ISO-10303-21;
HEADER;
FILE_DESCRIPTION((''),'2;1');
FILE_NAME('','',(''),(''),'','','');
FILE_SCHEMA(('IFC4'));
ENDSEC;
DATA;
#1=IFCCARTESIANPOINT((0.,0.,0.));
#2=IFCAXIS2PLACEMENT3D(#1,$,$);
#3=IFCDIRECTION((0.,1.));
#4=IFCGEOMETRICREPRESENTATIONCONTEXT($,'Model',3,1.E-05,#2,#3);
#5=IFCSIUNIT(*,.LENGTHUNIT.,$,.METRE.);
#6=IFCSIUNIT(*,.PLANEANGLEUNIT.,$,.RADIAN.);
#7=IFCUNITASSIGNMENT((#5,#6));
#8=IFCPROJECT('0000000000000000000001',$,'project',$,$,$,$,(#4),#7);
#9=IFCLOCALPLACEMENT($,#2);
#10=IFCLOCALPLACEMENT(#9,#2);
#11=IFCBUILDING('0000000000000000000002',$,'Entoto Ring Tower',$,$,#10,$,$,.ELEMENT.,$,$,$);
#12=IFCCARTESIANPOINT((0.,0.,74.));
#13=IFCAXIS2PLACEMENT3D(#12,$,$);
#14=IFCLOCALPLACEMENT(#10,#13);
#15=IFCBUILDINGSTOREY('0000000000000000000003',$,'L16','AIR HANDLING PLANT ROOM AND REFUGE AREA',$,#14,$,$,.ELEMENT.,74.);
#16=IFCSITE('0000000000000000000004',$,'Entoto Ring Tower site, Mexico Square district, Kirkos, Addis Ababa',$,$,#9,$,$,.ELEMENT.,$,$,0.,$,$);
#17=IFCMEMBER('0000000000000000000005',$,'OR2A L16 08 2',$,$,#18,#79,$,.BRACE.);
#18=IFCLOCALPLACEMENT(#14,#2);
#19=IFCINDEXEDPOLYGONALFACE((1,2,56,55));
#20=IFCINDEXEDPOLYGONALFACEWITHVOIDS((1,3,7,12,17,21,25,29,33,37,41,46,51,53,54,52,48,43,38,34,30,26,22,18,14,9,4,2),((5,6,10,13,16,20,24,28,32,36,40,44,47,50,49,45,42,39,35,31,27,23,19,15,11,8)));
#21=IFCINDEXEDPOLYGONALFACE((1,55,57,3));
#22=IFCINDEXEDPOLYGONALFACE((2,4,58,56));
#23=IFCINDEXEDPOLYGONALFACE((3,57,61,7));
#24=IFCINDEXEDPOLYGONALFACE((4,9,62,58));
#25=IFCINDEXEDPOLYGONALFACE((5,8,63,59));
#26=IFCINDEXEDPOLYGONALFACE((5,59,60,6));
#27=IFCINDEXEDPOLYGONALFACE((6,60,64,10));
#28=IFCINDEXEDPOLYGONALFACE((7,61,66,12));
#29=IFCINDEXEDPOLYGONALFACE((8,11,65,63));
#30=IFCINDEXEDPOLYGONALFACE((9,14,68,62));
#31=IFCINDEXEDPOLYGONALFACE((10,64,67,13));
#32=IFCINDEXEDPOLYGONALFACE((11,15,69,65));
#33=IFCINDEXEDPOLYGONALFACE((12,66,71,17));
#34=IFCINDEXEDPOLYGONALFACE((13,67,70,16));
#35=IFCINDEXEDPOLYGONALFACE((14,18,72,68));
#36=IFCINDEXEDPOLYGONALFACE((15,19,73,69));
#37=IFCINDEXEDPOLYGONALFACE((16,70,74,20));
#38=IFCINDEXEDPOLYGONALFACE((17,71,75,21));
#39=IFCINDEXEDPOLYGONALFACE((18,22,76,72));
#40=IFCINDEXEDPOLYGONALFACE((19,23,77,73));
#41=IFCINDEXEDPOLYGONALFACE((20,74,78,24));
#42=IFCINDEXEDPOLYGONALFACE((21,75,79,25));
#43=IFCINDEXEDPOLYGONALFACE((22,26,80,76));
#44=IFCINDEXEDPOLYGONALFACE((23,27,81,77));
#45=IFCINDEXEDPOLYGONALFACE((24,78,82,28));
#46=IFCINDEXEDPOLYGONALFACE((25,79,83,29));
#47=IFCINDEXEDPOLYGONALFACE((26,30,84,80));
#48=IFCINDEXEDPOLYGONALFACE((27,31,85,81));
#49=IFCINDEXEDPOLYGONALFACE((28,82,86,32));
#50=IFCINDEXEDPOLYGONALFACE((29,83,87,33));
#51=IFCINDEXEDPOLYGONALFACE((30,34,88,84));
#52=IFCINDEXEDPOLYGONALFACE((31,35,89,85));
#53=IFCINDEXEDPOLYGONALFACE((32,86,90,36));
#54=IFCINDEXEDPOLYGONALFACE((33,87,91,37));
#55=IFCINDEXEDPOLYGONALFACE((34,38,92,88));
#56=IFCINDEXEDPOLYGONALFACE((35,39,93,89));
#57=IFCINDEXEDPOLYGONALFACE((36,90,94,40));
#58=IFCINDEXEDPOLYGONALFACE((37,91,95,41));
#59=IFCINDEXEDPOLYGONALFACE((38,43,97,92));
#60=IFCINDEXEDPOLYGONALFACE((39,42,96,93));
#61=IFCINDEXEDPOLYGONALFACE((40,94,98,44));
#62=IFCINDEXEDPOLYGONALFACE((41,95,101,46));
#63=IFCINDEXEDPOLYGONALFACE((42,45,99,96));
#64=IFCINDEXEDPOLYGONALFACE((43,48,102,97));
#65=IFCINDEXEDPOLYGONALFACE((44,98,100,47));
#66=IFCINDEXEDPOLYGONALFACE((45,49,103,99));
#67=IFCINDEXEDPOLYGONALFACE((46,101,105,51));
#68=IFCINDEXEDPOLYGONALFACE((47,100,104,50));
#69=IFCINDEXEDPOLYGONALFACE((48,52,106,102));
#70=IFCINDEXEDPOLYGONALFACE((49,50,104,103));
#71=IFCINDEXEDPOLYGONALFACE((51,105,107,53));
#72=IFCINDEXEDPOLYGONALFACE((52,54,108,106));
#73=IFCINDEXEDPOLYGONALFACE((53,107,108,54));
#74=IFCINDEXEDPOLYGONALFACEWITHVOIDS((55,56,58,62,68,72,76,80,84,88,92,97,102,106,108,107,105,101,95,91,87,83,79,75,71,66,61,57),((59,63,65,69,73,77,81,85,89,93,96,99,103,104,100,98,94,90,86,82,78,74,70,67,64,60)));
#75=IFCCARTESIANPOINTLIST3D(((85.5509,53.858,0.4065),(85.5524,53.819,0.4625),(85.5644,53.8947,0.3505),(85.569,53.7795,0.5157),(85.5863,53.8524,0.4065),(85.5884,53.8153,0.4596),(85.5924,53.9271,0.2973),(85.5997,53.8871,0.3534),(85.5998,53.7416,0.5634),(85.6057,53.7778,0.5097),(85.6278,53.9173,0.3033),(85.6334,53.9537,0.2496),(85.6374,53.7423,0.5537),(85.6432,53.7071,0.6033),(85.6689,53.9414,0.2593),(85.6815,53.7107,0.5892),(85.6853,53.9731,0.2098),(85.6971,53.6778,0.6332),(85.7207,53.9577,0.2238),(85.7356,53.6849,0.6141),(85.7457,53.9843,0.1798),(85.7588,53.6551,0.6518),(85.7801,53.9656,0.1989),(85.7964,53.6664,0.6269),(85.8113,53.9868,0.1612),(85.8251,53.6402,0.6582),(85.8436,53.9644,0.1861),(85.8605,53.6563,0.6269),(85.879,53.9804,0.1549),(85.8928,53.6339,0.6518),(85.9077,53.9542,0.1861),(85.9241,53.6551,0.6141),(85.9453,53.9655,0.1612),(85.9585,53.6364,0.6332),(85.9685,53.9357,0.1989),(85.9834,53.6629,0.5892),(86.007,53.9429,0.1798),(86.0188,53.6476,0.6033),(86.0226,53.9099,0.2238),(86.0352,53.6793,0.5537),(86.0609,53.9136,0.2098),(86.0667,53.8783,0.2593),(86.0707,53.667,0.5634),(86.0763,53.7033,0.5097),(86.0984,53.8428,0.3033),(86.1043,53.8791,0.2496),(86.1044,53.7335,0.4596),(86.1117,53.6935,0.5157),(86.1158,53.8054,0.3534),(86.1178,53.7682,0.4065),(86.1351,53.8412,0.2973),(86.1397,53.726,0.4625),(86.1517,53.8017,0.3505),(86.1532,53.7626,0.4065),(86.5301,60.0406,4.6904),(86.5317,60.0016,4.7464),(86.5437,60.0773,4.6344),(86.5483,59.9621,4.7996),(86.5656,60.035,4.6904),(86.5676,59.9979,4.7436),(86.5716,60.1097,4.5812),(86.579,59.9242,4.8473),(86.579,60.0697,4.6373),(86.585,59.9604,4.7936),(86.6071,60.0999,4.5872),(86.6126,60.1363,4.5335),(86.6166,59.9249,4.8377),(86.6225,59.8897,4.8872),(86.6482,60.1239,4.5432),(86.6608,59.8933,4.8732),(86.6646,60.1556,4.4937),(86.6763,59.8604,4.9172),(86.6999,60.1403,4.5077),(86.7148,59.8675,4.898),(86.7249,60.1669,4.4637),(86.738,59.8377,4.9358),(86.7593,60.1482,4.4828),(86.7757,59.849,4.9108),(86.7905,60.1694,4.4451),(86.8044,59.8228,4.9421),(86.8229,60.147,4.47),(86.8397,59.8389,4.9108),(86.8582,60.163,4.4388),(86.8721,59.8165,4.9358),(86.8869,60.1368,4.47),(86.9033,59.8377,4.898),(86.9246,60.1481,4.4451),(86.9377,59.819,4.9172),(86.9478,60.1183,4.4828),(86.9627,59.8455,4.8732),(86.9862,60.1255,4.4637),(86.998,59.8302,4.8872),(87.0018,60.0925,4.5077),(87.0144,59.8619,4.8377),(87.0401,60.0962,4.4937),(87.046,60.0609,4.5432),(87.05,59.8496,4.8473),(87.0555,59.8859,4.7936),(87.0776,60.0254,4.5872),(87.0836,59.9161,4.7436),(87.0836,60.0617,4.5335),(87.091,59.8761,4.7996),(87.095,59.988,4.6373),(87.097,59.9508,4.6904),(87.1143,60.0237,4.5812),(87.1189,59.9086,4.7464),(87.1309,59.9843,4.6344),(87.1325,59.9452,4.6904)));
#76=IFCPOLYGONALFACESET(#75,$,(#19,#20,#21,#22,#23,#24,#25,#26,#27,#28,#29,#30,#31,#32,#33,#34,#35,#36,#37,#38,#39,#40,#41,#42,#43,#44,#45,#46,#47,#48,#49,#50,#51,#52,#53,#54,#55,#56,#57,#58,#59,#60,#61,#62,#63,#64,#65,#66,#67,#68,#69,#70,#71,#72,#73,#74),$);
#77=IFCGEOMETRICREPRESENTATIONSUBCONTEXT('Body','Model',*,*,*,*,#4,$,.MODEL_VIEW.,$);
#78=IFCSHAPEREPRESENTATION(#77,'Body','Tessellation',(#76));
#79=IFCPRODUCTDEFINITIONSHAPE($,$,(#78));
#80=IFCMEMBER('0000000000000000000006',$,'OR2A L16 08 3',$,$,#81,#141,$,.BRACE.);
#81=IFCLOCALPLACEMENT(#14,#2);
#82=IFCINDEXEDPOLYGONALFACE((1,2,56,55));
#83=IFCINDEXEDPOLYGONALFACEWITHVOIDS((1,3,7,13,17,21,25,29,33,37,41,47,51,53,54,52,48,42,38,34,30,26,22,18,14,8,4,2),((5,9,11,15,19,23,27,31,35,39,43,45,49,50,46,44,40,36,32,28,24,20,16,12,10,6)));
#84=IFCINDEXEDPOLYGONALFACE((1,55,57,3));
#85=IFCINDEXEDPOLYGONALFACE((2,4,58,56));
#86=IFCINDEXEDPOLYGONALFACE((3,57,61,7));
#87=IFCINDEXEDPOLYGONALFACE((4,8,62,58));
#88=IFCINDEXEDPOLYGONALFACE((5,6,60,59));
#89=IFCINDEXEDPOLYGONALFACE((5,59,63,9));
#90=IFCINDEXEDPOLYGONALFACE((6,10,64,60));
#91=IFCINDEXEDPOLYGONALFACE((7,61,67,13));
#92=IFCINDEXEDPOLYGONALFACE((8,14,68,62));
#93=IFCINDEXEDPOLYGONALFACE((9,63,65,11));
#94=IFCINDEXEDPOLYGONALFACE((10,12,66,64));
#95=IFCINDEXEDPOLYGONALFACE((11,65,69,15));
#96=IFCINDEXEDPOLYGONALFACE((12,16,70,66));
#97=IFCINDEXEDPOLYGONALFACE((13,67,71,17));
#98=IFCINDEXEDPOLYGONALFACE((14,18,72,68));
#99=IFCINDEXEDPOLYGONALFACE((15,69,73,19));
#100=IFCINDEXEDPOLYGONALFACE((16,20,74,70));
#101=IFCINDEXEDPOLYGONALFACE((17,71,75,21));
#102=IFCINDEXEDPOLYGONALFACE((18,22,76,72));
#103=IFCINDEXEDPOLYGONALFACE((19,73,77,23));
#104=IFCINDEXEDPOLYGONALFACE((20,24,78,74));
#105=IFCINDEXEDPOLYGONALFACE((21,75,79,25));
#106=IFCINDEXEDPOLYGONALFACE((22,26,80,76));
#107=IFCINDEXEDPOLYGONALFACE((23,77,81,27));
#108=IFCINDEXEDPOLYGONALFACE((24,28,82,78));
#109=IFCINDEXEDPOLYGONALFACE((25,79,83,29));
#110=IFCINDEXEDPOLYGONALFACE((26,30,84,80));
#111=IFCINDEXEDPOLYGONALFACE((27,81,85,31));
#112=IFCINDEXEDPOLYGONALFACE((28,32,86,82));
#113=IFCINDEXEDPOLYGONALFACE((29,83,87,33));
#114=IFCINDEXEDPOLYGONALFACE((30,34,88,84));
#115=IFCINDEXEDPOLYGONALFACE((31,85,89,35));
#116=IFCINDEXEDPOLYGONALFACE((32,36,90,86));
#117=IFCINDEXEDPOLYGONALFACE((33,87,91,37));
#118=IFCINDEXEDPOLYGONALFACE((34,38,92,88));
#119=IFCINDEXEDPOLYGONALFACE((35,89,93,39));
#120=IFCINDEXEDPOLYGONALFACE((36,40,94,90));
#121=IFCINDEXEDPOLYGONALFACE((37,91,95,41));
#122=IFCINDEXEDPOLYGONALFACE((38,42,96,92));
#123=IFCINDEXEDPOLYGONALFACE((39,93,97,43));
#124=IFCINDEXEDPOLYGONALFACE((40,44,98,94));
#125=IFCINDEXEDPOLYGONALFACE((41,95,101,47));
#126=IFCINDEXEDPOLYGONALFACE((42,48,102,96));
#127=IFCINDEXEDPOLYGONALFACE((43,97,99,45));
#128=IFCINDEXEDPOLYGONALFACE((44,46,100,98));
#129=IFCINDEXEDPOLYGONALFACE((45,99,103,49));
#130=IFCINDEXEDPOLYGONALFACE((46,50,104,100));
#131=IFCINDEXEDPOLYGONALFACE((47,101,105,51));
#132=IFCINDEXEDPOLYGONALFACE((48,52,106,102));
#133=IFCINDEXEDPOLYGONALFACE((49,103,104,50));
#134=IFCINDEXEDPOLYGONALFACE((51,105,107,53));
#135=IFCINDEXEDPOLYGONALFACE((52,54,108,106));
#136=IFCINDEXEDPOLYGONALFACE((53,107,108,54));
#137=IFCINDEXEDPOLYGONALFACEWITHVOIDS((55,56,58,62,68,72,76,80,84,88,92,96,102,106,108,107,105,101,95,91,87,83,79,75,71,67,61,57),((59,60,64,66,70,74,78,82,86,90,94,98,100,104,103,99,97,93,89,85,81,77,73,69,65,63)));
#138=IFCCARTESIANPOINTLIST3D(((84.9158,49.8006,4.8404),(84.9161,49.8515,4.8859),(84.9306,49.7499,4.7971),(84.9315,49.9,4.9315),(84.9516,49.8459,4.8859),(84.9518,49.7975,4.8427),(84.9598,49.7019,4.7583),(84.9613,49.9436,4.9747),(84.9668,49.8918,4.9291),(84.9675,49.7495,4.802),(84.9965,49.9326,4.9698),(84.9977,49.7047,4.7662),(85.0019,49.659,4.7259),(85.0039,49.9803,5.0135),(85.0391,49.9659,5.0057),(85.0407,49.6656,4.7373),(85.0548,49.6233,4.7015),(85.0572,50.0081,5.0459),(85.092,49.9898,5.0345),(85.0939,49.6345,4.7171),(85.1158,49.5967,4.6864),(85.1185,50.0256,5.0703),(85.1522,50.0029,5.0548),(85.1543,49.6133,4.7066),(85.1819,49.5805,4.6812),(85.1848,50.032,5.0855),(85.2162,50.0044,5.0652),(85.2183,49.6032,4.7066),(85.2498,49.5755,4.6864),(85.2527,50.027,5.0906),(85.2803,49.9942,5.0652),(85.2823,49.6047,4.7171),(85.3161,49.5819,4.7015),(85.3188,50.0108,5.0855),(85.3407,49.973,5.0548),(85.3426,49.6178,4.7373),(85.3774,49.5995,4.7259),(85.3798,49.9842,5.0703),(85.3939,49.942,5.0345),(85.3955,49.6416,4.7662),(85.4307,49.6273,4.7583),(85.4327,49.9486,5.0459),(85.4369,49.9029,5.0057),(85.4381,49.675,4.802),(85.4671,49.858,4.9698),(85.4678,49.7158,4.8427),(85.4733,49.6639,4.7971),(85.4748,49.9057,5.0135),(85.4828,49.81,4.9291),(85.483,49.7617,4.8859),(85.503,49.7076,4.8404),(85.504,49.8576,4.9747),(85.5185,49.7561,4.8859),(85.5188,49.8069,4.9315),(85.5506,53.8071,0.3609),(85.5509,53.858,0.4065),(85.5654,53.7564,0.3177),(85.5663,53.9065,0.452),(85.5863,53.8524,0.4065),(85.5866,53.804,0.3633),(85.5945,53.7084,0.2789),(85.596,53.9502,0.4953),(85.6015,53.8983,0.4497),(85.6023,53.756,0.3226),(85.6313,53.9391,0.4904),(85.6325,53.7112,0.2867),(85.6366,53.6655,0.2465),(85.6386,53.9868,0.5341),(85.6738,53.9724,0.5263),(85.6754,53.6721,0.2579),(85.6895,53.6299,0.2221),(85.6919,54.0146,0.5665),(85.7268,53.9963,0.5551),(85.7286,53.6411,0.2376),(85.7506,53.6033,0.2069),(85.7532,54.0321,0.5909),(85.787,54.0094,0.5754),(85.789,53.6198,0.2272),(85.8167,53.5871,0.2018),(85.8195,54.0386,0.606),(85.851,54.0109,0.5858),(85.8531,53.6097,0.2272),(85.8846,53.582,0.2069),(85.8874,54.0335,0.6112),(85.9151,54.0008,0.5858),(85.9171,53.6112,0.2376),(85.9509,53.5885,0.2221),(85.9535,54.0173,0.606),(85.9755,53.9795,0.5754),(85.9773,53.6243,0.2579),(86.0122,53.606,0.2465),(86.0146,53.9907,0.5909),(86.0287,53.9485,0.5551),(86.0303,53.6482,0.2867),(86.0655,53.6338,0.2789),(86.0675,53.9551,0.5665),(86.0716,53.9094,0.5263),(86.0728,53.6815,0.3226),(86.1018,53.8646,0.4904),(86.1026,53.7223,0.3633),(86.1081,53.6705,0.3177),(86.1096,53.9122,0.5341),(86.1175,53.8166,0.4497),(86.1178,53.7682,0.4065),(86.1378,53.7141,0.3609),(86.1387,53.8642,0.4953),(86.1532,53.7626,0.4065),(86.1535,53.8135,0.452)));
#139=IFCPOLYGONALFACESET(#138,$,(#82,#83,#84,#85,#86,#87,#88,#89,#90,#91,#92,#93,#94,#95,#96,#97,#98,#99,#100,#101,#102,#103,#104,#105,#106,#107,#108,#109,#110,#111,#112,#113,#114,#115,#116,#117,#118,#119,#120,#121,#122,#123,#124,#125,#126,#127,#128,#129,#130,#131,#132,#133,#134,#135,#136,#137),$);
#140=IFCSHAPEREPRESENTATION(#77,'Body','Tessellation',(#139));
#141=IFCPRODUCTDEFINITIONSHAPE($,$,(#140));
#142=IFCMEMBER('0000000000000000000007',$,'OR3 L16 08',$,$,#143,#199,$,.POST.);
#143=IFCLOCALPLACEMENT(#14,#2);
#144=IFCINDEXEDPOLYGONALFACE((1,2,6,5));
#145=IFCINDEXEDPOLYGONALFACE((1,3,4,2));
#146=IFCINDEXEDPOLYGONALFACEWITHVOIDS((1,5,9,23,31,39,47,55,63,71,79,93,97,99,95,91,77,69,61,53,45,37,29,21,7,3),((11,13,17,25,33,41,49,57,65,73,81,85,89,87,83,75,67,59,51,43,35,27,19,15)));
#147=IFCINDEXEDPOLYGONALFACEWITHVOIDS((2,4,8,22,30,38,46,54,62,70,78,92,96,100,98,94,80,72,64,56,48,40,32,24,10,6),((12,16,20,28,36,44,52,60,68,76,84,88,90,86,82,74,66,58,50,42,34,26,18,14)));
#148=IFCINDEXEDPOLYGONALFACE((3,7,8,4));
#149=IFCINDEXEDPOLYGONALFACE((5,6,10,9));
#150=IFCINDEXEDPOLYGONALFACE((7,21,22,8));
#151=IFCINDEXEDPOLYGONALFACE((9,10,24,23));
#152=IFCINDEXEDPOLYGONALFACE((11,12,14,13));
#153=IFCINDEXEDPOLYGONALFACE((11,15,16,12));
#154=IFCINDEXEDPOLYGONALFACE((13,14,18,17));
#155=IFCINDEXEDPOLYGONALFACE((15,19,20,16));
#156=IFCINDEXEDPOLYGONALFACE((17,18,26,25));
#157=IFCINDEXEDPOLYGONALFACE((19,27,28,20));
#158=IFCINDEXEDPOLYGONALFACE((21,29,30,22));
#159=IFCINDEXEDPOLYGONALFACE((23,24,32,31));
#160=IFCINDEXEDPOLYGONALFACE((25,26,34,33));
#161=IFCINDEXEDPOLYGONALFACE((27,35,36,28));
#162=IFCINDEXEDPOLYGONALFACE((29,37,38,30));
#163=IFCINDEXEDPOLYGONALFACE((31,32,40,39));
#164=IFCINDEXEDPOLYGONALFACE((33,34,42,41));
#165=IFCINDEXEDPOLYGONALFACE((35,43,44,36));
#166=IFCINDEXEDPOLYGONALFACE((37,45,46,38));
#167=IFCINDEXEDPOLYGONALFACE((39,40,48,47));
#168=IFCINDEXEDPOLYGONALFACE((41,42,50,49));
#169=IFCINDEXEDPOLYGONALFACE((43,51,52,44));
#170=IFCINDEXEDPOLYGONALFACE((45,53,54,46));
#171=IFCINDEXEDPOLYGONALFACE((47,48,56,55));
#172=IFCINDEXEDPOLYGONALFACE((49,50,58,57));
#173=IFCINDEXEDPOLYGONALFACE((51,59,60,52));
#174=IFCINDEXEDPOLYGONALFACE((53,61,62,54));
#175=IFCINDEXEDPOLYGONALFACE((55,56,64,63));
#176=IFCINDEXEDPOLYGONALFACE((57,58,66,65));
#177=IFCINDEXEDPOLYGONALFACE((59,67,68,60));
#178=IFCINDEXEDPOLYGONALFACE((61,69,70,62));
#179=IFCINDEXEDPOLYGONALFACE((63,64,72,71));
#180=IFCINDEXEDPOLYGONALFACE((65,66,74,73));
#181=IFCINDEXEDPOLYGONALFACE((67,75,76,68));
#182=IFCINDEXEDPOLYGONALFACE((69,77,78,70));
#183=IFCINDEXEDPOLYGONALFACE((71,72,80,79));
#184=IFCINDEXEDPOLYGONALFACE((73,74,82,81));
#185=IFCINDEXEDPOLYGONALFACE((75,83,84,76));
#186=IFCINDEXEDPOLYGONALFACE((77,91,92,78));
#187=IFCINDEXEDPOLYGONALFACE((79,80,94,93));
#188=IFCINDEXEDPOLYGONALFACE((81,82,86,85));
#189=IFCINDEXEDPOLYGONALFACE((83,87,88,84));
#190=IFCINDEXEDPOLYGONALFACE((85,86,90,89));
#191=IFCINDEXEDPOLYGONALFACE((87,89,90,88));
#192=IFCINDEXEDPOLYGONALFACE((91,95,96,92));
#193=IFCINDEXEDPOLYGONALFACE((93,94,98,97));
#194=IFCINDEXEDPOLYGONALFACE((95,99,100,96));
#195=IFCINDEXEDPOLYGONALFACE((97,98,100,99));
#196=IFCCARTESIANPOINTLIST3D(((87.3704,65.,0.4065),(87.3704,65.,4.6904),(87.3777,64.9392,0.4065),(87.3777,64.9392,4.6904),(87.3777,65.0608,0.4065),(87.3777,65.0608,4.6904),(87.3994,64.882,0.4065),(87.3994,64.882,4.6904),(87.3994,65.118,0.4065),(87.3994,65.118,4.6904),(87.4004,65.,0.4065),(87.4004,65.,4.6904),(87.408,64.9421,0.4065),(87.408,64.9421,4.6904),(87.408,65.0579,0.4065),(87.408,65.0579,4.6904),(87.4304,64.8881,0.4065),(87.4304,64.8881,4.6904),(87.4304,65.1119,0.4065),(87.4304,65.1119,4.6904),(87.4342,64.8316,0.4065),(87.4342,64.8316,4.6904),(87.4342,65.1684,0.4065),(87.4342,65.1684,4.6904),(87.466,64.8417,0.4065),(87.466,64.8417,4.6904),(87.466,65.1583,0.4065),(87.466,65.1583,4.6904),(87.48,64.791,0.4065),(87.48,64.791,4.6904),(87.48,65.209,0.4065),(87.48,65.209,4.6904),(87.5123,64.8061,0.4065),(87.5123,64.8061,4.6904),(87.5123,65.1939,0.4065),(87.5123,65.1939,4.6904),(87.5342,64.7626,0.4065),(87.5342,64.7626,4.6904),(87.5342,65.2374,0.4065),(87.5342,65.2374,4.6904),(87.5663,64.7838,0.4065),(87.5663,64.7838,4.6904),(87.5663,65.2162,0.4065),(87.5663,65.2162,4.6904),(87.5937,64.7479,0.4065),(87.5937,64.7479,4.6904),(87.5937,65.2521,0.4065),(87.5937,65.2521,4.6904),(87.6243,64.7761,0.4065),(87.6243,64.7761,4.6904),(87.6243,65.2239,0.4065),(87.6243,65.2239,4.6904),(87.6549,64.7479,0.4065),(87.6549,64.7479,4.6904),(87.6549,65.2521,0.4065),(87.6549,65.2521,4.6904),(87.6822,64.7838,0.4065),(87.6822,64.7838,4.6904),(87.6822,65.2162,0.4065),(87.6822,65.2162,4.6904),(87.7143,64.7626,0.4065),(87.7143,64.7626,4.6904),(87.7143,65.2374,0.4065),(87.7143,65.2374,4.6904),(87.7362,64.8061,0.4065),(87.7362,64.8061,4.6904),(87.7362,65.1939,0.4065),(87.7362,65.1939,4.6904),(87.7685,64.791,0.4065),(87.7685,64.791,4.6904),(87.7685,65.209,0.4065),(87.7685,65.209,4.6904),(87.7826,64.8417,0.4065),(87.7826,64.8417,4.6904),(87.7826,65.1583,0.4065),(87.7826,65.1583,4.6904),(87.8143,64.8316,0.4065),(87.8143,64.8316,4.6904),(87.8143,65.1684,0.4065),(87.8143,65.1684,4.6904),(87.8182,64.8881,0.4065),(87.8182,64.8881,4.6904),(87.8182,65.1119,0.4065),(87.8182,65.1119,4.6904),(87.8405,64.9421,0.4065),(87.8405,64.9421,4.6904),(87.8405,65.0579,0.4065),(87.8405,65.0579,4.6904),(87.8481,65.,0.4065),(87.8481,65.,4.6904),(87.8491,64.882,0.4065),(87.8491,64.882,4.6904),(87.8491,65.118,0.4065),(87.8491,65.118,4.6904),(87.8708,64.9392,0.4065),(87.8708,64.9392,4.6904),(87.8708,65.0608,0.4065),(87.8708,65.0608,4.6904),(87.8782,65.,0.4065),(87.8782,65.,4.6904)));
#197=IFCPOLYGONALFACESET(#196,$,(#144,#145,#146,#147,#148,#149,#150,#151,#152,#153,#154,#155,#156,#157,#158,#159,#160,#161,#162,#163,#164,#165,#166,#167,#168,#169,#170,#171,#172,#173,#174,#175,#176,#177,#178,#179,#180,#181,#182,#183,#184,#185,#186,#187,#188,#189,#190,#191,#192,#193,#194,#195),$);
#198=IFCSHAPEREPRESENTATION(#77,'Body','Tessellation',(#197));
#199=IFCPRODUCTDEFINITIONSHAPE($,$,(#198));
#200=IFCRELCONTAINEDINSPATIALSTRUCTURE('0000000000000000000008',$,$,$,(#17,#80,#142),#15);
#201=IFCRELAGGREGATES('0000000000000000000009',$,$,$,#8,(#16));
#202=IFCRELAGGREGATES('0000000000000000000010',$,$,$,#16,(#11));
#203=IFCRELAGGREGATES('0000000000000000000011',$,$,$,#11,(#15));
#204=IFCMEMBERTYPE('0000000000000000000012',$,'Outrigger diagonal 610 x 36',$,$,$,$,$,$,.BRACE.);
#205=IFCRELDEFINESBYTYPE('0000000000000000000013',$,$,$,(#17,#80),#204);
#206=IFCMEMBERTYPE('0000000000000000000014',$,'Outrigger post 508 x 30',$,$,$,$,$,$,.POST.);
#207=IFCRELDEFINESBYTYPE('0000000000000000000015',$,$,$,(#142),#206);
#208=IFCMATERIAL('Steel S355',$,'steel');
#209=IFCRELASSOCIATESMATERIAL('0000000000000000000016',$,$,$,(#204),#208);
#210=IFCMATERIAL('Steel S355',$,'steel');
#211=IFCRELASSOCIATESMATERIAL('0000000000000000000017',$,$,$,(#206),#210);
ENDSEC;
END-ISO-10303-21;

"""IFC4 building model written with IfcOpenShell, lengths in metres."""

from ifc_helpers import new_model, si_unit, direction, frame, origin, origin_2d, place, context, subcontext, project, spatial, circle, hollow_circle, extrude, material, material_profile, profile_set, type_object, element, save


model = new_model("IFC4")

# Units and contexts
model_context = context("Model", 3, precision=1e-05, world=origin(), true_north=direction((0.0, 1.0)))
body_context = subcontext(model_context, "Body", "Model", "MODEL_VIEW")
ifc_project = project(units=[si_unit("LENGTHUNIT", "METRE"), si_unit("PLANEANGLEUNIT", "RADIAN")], contexts=[model_context])

# Site, building, storey
site_placement = place(None, origin())
site = spatial("IfcSite", under=ifc_project, at=site_placement, Name="Entoto Ring Tower site, Mexico Square district, Kirkos, Addis Ababa", CompositionType="ELEMENT", RefElevation=0.0)
building_placement = place(site_placement, origin())
building = spatial("IfcBuilding", under=site, at=building_placement, Name="Entoto Ring Tower", CompositionType="ELEMENT")
storey_placement = place(building_placement, frame((0.0, 0.0, 74.0)))
storey = spatial("IfcBuildingStorey", under=building, at=storey_placement, Name="L16", Description="AIR HANDLING PLANT ROOM AND REFUGE AREA", CompositionType="ELEMENT", Elevation=74.0)

# Members
ifc_material_1 = material(Name="Steel S355", Category="steel")
ifc_material_profile_1 = material_profile(ifc_material_1, hollow_circle(Radius=0.3049, WallThickness=0.0359, at=origin_2d()), Name="CHS 610 x 36")
ifc_material_2 = material(Name="Concrete C60/75", Category="concrete")
ifc_material_profile_2 = material_profile(ifc_material_2, circle(Radius=0.269, at=origin_2d()), Name="Concrete C60/75 infill")
ifc_profile_set_1 = profile_set([ifc_material_profile_1, ifc_material_profile_2], Name="Steel S355")
member_type_1 = type_object("IfcMemberType", Name="Outrigger diagonal 610 x 36", PredefinedType="BRACE", material=ifc_profile_set_1)
member_1_placement = place(storey_placement, frame((86.8313, 59.9929, 4.6904), z_axis=(-0.129099, -0.815086, -0.564773), x_axis=(0.987688, -0.156437, 0.0)))
element("IfcMember", 1, at=member_1_placement, inside=storey, type_object=member_type_1, Name="OR2A L16 08 2", PredefinedType="BRACE", context=body_context, shape_type="SweptSolid", body=[
    extrude(hollow_circle(Radius=0.3049, WallThickness=0.0359, at=origin_2d()), origin(), (0.0, 0.0, 1.0), 7.5852),
])
member_2_placement = place(storey_placement, frame((85.8521, 53.8103, 0.4065), z_axis=(-0.105036, -0.66298, 0.741232), x_axis=(0.987681, -0.156479, 0.0)))
element("IfcMember", 2, at=member_2_placement, inside=storey, type_object=member_type_1, Name="OR2A L16 08 3", PredefinedType="BRACE", context=body_context, shape_type="SweptSolid", body=[
    extrude(hollow_circle(Radius=0.3049, WallThickness=0.0359, at=origin_2d()), origin(), (0.0, 0.0, 1.0), 6.0432),
])
ifc_material_3 = material(Name="Steel S355", Category="steel")
ifc_material_profile_3 = material_profile(ifc_material_3, hollow_circle(Radius=0.2539, WallThickness=0.03, at=origin_2d()), Name="CHS 508 x 30")
ifc_material_4 = material(Name="Concrete C60/75", Category="concrete")
ifc_material_profile_4 = material_profile(ifc_material_4, circle(Radius=0.2241, at=origin_2d()), Name="Concrete C60/75 infill")
ifc_profile_set_2 = profile_set([ifc_material_profile_3, ifc_material_profile_4], Name="Steel S355")
member_type_2 = type_object("IfcMemberType", Name="Outrigger post 508 x 30", PredefinedType="POST", material=ifc_profile_set_2)
member_3_placement = place(storey_placement, frame((87.6243, 65.0, 0.4065), z_axis=(0.0, 0.0, 1.0), x_axis=(1.0, 0.0, 0.0)))
element("IfcMember", 3, at=member_3_placement, inside=storey, type_object=member_type_2, Name="OR3 L16 08", PredefinedType="POST", context=body_context, shape_type="SweptSolid", body=[
    extrude(hollow_circle(Radius=0.2539, WallThickness=0.03, at=origin_2d()), origin(), (0.0, 0.0, 1.0), 4.2839),
])

save(model, "model.ifc")
